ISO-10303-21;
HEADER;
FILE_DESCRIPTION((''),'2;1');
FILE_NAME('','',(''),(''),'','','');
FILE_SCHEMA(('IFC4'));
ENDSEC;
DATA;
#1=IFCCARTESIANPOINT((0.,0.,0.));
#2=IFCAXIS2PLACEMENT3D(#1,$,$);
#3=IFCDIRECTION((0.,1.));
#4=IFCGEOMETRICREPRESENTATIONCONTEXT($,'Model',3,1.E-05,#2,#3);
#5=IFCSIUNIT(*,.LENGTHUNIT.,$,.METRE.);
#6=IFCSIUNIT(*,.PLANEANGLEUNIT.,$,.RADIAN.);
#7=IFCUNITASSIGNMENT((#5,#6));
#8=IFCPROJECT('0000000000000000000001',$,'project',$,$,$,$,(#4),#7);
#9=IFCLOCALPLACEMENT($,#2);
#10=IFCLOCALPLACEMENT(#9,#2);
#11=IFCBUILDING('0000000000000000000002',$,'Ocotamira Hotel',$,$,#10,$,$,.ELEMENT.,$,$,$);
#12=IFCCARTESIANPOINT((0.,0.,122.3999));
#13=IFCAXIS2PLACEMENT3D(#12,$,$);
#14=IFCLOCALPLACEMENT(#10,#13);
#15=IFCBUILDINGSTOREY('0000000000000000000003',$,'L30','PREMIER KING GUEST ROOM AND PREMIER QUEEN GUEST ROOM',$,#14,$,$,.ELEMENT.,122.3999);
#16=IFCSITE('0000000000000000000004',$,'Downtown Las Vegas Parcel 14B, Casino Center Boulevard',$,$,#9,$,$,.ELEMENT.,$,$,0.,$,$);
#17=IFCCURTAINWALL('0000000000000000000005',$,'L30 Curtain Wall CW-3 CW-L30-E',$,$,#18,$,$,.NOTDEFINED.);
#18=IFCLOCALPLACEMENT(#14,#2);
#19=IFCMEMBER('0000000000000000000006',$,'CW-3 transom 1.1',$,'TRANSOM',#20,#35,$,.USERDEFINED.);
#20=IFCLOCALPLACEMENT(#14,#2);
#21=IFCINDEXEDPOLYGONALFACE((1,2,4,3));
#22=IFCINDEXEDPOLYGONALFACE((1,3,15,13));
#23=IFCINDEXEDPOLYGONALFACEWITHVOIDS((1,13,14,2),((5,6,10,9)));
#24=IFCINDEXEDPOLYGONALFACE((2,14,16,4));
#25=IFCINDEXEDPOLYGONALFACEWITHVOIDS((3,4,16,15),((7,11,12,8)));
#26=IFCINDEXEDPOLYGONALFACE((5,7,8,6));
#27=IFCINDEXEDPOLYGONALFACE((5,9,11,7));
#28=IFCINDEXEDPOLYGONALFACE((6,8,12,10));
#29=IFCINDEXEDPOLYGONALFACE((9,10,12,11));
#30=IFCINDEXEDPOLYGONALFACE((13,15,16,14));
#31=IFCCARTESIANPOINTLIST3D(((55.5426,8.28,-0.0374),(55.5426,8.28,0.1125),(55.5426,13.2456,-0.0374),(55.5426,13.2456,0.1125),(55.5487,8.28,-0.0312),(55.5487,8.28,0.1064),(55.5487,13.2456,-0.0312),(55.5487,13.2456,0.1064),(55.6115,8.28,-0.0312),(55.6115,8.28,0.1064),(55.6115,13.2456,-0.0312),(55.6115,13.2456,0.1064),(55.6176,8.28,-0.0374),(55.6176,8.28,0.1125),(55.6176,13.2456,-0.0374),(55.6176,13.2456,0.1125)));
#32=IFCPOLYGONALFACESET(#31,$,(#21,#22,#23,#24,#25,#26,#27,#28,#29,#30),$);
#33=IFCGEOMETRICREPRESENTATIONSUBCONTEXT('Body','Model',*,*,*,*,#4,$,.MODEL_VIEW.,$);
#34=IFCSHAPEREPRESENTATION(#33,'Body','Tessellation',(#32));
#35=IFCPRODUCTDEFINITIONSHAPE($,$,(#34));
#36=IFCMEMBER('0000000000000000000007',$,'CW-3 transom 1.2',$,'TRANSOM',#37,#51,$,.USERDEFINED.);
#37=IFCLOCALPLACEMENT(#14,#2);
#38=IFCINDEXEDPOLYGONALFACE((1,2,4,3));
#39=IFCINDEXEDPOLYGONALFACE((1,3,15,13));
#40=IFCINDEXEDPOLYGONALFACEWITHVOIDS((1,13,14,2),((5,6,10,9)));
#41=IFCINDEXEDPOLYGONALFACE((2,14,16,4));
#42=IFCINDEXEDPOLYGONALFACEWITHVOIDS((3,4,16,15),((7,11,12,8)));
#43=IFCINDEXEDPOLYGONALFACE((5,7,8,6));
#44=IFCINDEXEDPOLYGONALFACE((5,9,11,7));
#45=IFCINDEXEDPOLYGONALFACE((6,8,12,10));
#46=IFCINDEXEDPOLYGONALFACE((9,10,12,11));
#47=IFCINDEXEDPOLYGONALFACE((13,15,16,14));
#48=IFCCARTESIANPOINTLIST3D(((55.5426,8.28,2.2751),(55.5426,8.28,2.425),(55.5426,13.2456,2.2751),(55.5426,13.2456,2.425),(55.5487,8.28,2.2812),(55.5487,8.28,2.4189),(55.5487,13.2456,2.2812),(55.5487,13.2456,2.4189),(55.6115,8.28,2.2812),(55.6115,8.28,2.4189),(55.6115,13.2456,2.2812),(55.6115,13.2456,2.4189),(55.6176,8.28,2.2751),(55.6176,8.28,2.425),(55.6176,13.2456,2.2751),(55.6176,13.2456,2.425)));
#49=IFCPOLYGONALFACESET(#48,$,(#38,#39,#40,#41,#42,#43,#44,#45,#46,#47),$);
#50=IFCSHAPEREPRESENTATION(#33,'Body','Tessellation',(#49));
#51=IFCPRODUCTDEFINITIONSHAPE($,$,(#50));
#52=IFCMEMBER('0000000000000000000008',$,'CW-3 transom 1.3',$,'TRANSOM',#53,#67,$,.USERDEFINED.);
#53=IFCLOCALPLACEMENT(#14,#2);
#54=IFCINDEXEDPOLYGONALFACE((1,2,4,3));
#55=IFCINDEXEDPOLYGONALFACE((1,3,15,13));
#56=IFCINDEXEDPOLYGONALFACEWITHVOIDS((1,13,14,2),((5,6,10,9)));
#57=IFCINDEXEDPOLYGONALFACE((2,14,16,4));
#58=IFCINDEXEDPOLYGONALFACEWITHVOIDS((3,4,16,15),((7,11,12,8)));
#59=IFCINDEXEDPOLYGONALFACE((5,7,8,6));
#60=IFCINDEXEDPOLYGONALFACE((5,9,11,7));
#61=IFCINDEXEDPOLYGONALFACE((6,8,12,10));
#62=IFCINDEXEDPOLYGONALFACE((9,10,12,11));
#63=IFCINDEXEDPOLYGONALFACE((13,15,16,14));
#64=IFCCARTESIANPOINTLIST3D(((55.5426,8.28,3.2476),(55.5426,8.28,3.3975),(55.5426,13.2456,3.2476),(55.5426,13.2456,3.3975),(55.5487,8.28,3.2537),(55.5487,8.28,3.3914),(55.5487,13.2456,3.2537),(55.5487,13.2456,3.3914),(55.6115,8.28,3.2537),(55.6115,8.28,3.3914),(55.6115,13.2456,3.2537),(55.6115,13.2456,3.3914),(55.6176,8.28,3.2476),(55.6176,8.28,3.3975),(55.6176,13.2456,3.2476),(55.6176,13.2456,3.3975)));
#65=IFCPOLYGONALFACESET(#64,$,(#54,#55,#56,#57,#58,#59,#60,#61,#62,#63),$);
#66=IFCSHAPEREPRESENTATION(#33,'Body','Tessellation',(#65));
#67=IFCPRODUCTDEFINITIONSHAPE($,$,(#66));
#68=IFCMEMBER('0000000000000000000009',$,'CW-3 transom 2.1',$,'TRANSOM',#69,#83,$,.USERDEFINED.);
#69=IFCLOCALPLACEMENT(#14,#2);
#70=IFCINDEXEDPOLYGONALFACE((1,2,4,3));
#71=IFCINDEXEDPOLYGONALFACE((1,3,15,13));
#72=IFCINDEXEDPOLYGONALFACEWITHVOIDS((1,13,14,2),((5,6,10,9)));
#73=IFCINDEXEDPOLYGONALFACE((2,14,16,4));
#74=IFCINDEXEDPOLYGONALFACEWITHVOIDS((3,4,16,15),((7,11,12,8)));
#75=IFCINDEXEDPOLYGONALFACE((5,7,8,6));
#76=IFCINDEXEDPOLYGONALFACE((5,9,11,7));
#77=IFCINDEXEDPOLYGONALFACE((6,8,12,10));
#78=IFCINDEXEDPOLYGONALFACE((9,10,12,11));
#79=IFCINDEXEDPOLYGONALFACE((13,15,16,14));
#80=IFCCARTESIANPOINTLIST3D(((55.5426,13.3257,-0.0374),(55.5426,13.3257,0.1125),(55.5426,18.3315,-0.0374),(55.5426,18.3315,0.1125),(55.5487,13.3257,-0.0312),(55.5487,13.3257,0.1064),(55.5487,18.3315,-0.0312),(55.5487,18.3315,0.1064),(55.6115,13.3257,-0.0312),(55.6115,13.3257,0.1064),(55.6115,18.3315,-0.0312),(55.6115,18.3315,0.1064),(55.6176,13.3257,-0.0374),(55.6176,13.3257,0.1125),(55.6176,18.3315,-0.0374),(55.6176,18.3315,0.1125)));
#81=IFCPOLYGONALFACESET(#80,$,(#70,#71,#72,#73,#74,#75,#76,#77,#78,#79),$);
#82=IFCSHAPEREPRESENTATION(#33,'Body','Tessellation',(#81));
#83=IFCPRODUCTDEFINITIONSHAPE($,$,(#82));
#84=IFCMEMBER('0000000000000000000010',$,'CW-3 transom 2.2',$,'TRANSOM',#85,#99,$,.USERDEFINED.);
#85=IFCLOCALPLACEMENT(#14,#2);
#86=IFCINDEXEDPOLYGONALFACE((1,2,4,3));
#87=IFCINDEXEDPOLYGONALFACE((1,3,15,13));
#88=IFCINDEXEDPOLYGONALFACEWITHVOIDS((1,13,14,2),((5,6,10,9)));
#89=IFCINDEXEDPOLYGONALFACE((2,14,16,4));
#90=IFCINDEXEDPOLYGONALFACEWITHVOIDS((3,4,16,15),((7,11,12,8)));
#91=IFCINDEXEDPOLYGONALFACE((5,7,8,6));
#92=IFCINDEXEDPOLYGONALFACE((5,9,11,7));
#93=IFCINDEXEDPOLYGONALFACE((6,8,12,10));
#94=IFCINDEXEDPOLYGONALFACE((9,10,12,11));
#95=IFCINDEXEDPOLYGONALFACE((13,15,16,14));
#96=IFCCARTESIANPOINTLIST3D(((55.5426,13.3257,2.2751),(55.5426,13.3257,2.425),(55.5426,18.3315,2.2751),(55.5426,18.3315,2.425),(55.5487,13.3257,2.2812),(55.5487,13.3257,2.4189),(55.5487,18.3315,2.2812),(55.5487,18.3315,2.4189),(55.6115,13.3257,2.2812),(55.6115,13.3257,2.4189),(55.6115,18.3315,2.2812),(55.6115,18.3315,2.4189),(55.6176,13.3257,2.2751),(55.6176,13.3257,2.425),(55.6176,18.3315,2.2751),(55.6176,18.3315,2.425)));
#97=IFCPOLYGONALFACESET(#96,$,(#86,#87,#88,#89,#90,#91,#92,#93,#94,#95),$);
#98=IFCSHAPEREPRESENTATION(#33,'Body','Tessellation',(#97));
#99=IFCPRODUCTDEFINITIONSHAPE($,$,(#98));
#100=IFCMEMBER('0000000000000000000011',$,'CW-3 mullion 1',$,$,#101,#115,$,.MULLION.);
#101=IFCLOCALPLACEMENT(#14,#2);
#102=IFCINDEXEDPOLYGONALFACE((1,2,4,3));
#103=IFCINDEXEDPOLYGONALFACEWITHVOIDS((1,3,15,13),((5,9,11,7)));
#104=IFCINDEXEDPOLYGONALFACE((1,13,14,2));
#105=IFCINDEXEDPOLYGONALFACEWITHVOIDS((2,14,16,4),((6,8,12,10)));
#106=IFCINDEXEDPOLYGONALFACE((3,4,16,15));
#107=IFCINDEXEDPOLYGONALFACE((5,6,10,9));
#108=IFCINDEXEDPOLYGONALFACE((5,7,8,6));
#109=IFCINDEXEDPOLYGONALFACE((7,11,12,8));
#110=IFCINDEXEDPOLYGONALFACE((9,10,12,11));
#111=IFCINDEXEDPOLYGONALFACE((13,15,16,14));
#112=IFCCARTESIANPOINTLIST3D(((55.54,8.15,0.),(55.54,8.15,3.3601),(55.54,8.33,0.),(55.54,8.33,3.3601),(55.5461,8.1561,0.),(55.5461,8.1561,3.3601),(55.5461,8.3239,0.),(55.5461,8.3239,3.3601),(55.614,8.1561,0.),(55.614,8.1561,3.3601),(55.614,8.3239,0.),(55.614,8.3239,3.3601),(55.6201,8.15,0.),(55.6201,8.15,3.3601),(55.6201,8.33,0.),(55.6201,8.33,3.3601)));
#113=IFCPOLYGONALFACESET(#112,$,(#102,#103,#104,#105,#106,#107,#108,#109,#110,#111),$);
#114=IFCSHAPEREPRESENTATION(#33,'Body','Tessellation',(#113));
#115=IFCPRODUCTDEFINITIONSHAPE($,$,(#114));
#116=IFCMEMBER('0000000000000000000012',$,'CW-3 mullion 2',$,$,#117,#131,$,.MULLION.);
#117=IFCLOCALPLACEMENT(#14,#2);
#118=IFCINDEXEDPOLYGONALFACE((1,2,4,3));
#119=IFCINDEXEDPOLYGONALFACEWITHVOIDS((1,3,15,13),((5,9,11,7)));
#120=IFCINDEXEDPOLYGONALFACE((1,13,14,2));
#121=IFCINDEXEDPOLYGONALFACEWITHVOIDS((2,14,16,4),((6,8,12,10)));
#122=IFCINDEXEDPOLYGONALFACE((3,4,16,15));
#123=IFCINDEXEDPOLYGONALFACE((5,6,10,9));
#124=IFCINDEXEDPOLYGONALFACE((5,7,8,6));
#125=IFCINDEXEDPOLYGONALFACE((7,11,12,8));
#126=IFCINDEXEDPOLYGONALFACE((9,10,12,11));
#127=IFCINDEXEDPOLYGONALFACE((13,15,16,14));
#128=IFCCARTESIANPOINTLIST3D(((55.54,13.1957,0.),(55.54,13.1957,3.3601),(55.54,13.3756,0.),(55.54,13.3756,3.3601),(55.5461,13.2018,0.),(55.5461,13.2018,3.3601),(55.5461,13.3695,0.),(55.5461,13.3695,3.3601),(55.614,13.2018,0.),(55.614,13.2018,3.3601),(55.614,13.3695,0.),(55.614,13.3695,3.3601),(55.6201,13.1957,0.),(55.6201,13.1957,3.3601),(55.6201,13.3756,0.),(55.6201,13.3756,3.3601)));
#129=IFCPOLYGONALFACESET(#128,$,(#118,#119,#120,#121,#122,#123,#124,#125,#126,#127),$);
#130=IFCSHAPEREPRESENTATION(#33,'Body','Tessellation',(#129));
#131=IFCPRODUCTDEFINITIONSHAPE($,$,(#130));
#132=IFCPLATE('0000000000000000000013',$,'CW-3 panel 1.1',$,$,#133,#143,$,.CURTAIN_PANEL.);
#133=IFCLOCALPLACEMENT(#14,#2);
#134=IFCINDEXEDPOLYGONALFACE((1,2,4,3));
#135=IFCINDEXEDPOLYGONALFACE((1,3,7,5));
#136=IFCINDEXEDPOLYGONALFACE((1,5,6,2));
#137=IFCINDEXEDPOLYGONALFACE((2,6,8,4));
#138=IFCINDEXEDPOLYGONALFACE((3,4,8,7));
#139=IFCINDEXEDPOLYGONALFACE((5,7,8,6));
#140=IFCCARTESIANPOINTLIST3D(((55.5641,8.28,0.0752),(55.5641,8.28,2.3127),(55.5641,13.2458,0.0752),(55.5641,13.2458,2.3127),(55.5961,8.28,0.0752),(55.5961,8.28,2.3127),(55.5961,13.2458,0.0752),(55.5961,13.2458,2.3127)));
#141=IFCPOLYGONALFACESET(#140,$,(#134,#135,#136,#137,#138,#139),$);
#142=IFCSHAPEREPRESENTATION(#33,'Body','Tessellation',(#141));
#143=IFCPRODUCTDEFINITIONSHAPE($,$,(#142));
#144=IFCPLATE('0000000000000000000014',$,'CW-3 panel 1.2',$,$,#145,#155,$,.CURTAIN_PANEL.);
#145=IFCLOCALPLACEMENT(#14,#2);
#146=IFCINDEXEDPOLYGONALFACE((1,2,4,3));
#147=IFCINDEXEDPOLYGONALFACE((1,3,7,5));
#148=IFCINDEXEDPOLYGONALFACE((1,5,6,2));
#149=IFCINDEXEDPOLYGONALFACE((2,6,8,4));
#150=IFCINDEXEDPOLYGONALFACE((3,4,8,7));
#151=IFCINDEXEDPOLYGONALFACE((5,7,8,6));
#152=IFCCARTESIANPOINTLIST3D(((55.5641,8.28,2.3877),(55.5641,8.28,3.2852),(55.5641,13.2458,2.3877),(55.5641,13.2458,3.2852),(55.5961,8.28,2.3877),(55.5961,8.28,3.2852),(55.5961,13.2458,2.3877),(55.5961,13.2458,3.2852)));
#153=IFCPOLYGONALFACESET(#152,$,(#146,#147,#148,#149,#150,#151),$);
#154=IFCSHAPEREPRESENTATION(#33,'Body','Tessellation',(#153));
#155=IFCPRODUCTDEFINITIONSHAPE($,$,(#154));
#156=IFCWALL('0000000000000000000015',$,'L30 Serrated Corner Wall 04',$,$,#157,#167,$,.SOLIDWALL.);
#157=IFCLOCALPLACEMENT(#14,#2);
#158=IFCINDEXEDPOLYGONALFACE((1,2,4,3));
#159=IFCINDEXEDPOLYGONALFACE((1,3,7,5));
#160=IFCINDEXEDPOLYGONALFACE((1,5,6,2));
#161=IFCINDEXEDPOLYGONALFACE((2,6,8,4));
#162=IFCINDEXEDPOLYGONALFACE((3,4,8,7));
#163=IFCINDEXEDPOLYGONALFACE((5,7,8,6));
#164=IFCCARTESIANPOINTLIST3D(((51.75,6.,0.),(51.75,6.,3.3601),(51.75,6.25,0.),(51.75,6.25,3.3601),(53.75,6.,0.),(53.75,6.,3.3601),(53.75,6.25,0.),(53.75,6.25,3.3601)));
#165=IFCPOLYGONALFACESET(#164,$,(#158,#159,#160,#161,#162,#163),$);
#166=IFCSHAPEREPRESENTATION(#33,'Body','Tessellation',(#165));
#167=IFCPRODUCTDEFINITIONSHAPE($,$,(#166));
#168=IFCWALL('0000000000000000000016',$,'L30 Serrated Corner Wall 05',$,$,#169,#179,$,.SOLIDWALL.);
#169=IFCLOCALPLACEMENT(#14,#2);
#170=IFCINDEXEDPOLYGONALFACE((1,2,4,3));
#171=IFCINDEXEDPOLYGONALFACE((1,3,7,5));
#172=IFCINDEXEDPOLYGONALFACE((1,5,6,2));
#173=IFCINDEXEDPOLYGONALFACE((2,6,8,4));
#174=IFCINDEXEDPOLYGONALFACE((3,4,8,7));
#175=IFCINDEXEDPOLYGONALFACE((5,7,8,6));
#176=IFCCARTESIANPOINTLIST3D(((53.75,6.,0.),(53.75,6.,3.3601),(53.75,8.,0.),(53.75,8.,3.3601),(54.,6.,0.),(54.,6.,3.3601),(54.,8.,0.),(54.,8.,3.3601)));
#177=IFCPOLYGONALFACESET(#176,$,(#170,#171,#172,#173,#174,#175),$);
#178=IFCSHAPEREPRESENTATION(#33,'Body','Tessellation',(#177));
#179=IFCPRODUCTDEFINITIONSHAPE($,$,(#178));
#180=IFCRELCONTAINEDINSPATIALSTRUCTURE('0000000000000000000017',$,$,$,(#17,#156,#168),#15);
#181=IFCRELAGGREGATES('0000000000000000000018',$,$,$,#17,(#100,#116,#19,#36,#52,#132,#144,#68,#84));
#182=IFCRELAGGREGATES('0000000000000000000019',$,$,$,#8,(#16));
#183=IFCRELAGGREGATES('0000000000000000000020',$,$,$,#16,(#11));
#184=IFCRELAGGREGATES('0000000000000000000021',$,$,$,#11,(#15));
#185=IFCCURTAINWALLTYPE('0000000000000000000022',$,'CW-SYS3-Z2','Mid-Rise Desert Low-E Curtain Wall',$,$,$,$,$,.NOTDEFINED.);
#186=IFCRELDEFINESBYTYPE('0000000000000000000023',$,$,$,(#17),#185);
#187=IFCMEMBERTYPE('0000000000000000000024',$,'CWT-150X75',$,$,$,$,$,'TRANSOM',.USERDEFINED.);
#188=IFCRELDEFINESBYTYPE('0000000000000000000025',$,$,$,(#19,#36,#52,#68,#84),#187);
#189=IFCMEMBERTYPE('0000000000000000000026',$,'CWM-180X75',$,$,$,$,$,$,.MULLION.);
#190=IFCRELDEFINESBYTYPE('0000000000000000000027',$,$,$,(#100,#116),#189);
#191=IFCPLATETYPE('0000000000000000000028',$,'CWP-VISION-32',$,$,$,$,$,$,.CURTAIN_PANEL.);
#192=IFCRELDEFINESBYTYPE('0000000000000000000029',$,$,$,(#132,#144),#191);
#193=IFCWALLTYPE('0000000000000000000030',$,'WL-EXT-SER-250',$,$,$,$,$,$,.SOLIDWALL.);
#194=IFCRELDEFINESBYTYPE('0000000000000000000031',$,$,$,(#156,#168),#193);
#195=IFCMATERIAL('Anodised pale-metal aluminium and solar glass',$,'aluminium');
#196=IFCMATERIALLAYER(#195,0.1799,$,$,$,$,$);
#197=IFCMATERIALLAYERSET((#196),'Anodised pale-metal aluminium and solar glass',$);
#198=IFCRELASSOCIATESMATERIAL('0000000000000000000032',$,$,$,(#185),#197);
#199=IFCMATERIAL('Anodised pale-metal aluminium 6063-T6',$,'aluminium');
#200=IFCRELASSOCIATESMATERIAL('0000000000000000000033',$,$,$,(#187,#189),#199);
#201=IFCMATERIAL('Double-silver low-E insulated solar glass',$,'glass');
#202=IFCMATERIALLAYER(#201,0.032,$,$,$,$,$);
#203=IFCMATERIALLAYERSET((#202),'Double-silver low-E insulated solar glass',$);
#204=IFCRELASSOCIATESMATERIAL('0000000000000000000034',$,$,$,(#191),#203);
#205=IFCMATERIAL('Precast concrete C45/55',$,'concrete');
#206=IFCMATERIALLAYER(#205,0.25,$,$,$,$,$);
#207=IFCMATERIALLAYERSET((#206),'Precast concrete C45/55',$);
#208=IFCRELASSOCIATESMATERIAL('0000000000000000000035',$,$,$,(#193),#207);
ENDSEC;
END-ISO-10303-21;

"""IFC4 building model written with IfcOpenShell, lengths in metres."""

from ifc_helpers import new_model, si_unit, direction, frame, frame_2d, origin, origin_2d, place, context, subcontext, project, spatial, rectangle, hollow_rectangle, extrude, source, transform, mapped, material, layer, layer_set, material_profile, profile_set, type_object, element, aggregate, save


model = new_model("IFC4")

# Units and contexts
model_context = context("Model", 3, precision=1e-05, world=origin(), true_north=direction((0.0, 1.0)))
body_context = subcontext(model_context, "Body", "Model", "MODEL_VIEW")
ifc_project = project(units=[si_unit("LENGTHUNIT", "METRE"), si_unit("PLANEANGLEUNIT", "RADIAN")], contexts=[model_context])

# Site, building, storey
site_placement = place(None, origin())
site = spatial("IfcSite", under=ifc_project, at=site_placement, Name="Downtown Las Vegas Parcel 14B, Casino Center Boulevard", CompositionType="ELEMENT", RefElevation=0.0)
building_placement = place(site_placement, origin())
building = spatial("IfcBuilding", under=site, at=building_placement, Name="Ocotamira Hotel", CompositionType="ELEMENT")
storey_placement = place(building_placement, frame((0.0, 0.0, 122.3999)))
storey = spatial("IfcBuildingStorey", under=building, at=storey_placement, Name="L30", Description="PREMIER KING GUEST ROOM AND PREMIER QUEEN GUEST ROOM", CompositionType="ELEMENT", Elevation=122.3999)

# Curtain wall, members, plates
ifc_material_1 = material(Name="Anodised pale-metal aluminium and solar glass", Category="aluminium")
ifc_layer_1 = layer(ifc_material_1, 0.1799)
ifc_layer_set_1 = layer_set([ifc_layer_1], Name="Anodised pale-metal aluminium and solar glass")
curtain_wall_type = type_object("IfcCurtainWallType", Name="CW-SYS3-Z2", Description="Mid-Rise Desert Low-E Curtain Wall", PredefinedType="NOTDEFINED", material=ifc_layer_set_1)
curtain_wall_placement = place(storey_placement, origin())
curtain_wall = element("IfcCurtainWall", 1, at=curtain_wall_placement, inside=storey, type_object=curtain_wall_type, Name="L30 Curtain Wall CW-3 CW-L30-E", PredefinedType="NOTDEFINED")
ifc_material_2 = material(Name="Anodised pale-metal aluminium 6063-T6", Category="aluminium")
ifc_material_profile_1 = material_profile(ifc_material_2, hollow_rectangle(XDim=0.075, YDim=0.1499, WallThickness=0.0061, at=origin_2d()), Name="HSS150X75X6")
ifc_profile_set_1 = profile_set([ifc_material_profile_1], Name="Anodised pale-metal aluminium 6063-T6")
member_type_1 = type_object("IfcMemberType", Name="CWT-150X75", ElementType="TRANSOM", PredefinedType="USERDEFINED", material=ifc_profile_set_1)
shared_shape_1 = source(origin(), body_context, "Body", "SweptSolid", [
    extrude(hollow_rectangle(XDim=0.075, YDim=0.1499, WallThickness=0.0061, at=origin_2d()), origin(), (0.0, 0.0, 1.0), 4.9656),
])
member_1_placement = place(storey_placement, frame((55.5801, 8.28, 0.0376), z_axis=(0.0, 1.0, 0.0), x_axis=(-1.0, 0.0, 0.0)))
member_1 = element("IfcMember", 2, at=member_1_placement, type_object=member_type_1, Name="CW-3 transom 1.1", ObjectType="TRANSOM", PredefinedType="USERDEFINED", context=body_context, shape_type="MappedRepresentation", body=[
    mapped(shared_shape_1, transform((0.0, 0.0, 0.0), scale=1.0)),
])
member_2_placement = place(storey_placement, frame((55.5801, 8.28, 2.3501), z_axis=(0.0, 1.0, 0.0), x_axis=(-1.0, 0.0, 0.0)))
member_2 = element("IfcMember", 3, at=member_2_placement, type_object=member_type_1, Name="CW-3 transom 1.2", ObjectType="TRANSOM", PredefinedType="USERDEFINED", context=body_context, shape_type="MappedRepresentation", body=[
    mapped(shared_shape_1, transform((0.0, 0.0, 0.0), scale=1.0)),
])
member_3_placement = place(storey_placement, frame((55.5801, 8.28, 3.3225), z_axis=(0.0, 1.0, 0.0), x_axis=(-1.0, 0.0, 0.0)))
member_3 = element("IfcMember", 4, at=member_3_placement, type_object=member_type_1, Name="CW-3 transom 1.3", ObjectType="TRANSOM", PredefinedType="USERDEFINED", context=body_context, shape_type="MappedRepresentation", body=[
    mapped(shared_shape_1, transform((0.0, 0.0, 0.0), scale=1.0)),
])
shared_shape_2 = source(origin(), body_context, "Body", "SweptSolid", [
    extrude(hollow_rectangle(XDim=0.075, YDim=0.1499, WallThickness=0.0061, at=origin_2d()), origin(), (0.0, 0.0, 1.0), 5.0059),
])
member_4_placement = place(storey_placement, frame((55.5801, 13.3257, 0.0376), z_axis=(0.0, 1.0, 0.0), x_axis=(-1.0, 0.0, 0.0)))
member_4 = element("IfcMember", 5, at=member_4_placement, type_object=member_type_1, Name="CW-3 transom 2.1", ObjectType="TRANSOM", PredefinedType="USERDEFINED", context=body_context, shape_type="MappedRepresentation", body=[
    mapped(shared_shape_2, transform((0.0, 0.0, 0.0), scale=1.0)),
])
member_5_placement = place(storey_placement, frame((55.5801, 13.3257, 2.3501), z_axis=(0.0, 1.0, 0.0), x_axis=(-1.0, 0.0, 0.0)))
member_5 = element("IfcMember", 6, at=member_5_placement, type_object=member_type_1, Name="CW-3 transom 2.2", ObjectType="TRANSOM", PredefinedType="USERDEFINED", context=body_context, shape_type="MappedRepresentation", body=[
    mapped(shared_shape_2, transform((0.0, 0.0, 0.0), scale=1.0)),
])
ifc_material_profile_2 = material_profile(ifc_material_2, hollow_rectangle(XDim=0.0801, YDim=0.1799, WallThickness=0.0061, at=origin_2d()), Name="HSS180X80X6")
ifc_profile_set_2 = profile_set([ifc_material_profile_2], Name="Anodised pale-metal aluminium 6063-T6")
member_type_2 = type_object("IfcMemberType", Name="CWM-180X75", PredefinedType="MULLION", material=ifc_profile_set_2)
shared_shape_3 = source(origin(), body_context, "Body", "SweptSolid", [
    extrude(hollow_rectangle(XDim=0.0801, YDim=0.1799, WallThickness=0.0061, at=origin_2d()), origin(), (0.0, 0.0, 1.0), 3.3601),
])
member_6_placement = place(storey_placement, frame((55.5801, 8.24, 0.0), z_axis=(0.0, 0.0, 1.0), x_axis=(-1.0, 0.0, 0.0)))
member_6 = element("IfcMember", 7, at=member_6_placement, type_object=member_type_2, Name="CW-3 mullion 1", PredefinedType="MULLION", context=body_context, shape_type="MappedRepresentation", body=[
    mapped(shared_shape_3, transform((0.0, 0.0, 0.0), scale=1.0)),
])
member_7_placement = place(storey_placement, frame((55.5801, 13.2856, 0.0), z_axis=(0.0, 0.0, 1.0), x_axis=(-1.0, 0.0, 0.0)))
member_7 = element("IfcMember", 8, at=member_7_placement, type_object=member_type_2, Name="CW-3 mullion 2", PredefinedType="MULLION", context=body_context, shape_type="MappedRepresentation", body=[
    mapped(shared_shape_3, transform((0.0, 0.0, 0.0), scale=1.0)),
])
ifc_material_3 = material(Name="Double-silver low-E insulated solar glass", Category="glass")
ifc_layer_2 = layer(ifc_material_3, 0.032)
ifc_layer_set_2 = layer_set([ifc_layer_2], Name="Double-silver low-E insulated solar glass")
plate_type = type_object("IfcPlateType", Name="CWP-VISION-32", PredefinedType="CURTAIN_PANEL", material=ifc_layer_set_2)
shared_shape_4 = source(origin(), body_context, "Body", "SweptSolid", [
    extrude(rectangle(XDim=4.9658, YDim=0.032, at=origin_2d()), origin(), (0.0, 0.0, 1.0), 2.2375),
])
plate_1_placement = place(storey_placement, frame((55.5801, 10.7629, 0.0752), z_axis=(0.0, 0.0, 1.0), x_axis=(0.0, 1.0, 0.0)))
plate_1 = element("IfcPlate", 9, at=plate_1_placement, type_object=plate_type, Name="CW-3 panel 1.1", PredefinedType="CURTAIN_PANEL", context=body_context, shape_type="MappedRepresentation", body=[
    mapped(shared_shape_4, transform((0.0, 0.0, 0.0), scale=1.0)),
])
shared_shape_5 = source(origin(), body_context, "Body", "SweptSolid", [
    extrude(rectangle(XDim=4.9658, YDim=0.032, at=origin_2d()), origin(), (0.0, 0.0, 1.0), 0.8975),
])
plate_2_placement = place(storey_placement, frame((55.5801, 10.7629, 2.3877), z_axis=(0.0, 0.0, 1.0), x_axis=(0.0, 1.0, 0.0)))
plate_2 = element("IfcPlate", 10, at=plate_2_placement, type_object=plate_type, Name="CW-3 panel 1.2", PredefinedType="CURTAIN_PANEL", context=body_context, shape_type="MappedRepresentation", body=[
    mapped(shared_shape_5, transform((0.0, 0.0, 0.0), scale=1.0)),
])
aggregate(curtain_wall, [member_6, member_7, member_1, member_2, member_3, plate_1, plate_2, member_4, member_5])

# Walls
ifc_material_4 = material(Name="Precast concrete C45/55", Category="concrete")
ifc_layer_3 = layer(ifc_material_4, 0.25)
ifc_layer_set_3 = layer_set([ifc_layer_3], Name="Precast concrete C45/55")
wall_type_1 = type_object("IfcWallType", Name="WL-EXT-SER-250", PredefinedType="SOLIDWALL", material=ifc_layer_set_3)
for number, where, z_axis, x_axis, name in (
    (11, (51.75, 6.125, 0.0), (0.0, 0.0, 1.0), (1.0, 0.0, 0.0), "L30 Serrated Corner Wall 04"),
    (12, (53.875, 6.0, 0.0), (0.0, 0.0, 1.0), (0.0, 1.0, 0.0), "L30 Serrated Corner Wall 05"),
):
    element("IfcWall", number, at=place(storey_placement, frame(where, z_axis=z_axis, x_axis=x_axis)), inside=storey, type_object=wall_type_1, Name=name, PredefinedType="SOLIDWALL", context=body_context, shape_type="SweptSolid", body=[
        extrude(rectangle(XDim=2.0, YDim=0.25, at=frame_2d((1.0, 0.0))), origin(), (0.0, 0.0, 1.0), 3.3601),
    ])

save(model, "model.ifc")
